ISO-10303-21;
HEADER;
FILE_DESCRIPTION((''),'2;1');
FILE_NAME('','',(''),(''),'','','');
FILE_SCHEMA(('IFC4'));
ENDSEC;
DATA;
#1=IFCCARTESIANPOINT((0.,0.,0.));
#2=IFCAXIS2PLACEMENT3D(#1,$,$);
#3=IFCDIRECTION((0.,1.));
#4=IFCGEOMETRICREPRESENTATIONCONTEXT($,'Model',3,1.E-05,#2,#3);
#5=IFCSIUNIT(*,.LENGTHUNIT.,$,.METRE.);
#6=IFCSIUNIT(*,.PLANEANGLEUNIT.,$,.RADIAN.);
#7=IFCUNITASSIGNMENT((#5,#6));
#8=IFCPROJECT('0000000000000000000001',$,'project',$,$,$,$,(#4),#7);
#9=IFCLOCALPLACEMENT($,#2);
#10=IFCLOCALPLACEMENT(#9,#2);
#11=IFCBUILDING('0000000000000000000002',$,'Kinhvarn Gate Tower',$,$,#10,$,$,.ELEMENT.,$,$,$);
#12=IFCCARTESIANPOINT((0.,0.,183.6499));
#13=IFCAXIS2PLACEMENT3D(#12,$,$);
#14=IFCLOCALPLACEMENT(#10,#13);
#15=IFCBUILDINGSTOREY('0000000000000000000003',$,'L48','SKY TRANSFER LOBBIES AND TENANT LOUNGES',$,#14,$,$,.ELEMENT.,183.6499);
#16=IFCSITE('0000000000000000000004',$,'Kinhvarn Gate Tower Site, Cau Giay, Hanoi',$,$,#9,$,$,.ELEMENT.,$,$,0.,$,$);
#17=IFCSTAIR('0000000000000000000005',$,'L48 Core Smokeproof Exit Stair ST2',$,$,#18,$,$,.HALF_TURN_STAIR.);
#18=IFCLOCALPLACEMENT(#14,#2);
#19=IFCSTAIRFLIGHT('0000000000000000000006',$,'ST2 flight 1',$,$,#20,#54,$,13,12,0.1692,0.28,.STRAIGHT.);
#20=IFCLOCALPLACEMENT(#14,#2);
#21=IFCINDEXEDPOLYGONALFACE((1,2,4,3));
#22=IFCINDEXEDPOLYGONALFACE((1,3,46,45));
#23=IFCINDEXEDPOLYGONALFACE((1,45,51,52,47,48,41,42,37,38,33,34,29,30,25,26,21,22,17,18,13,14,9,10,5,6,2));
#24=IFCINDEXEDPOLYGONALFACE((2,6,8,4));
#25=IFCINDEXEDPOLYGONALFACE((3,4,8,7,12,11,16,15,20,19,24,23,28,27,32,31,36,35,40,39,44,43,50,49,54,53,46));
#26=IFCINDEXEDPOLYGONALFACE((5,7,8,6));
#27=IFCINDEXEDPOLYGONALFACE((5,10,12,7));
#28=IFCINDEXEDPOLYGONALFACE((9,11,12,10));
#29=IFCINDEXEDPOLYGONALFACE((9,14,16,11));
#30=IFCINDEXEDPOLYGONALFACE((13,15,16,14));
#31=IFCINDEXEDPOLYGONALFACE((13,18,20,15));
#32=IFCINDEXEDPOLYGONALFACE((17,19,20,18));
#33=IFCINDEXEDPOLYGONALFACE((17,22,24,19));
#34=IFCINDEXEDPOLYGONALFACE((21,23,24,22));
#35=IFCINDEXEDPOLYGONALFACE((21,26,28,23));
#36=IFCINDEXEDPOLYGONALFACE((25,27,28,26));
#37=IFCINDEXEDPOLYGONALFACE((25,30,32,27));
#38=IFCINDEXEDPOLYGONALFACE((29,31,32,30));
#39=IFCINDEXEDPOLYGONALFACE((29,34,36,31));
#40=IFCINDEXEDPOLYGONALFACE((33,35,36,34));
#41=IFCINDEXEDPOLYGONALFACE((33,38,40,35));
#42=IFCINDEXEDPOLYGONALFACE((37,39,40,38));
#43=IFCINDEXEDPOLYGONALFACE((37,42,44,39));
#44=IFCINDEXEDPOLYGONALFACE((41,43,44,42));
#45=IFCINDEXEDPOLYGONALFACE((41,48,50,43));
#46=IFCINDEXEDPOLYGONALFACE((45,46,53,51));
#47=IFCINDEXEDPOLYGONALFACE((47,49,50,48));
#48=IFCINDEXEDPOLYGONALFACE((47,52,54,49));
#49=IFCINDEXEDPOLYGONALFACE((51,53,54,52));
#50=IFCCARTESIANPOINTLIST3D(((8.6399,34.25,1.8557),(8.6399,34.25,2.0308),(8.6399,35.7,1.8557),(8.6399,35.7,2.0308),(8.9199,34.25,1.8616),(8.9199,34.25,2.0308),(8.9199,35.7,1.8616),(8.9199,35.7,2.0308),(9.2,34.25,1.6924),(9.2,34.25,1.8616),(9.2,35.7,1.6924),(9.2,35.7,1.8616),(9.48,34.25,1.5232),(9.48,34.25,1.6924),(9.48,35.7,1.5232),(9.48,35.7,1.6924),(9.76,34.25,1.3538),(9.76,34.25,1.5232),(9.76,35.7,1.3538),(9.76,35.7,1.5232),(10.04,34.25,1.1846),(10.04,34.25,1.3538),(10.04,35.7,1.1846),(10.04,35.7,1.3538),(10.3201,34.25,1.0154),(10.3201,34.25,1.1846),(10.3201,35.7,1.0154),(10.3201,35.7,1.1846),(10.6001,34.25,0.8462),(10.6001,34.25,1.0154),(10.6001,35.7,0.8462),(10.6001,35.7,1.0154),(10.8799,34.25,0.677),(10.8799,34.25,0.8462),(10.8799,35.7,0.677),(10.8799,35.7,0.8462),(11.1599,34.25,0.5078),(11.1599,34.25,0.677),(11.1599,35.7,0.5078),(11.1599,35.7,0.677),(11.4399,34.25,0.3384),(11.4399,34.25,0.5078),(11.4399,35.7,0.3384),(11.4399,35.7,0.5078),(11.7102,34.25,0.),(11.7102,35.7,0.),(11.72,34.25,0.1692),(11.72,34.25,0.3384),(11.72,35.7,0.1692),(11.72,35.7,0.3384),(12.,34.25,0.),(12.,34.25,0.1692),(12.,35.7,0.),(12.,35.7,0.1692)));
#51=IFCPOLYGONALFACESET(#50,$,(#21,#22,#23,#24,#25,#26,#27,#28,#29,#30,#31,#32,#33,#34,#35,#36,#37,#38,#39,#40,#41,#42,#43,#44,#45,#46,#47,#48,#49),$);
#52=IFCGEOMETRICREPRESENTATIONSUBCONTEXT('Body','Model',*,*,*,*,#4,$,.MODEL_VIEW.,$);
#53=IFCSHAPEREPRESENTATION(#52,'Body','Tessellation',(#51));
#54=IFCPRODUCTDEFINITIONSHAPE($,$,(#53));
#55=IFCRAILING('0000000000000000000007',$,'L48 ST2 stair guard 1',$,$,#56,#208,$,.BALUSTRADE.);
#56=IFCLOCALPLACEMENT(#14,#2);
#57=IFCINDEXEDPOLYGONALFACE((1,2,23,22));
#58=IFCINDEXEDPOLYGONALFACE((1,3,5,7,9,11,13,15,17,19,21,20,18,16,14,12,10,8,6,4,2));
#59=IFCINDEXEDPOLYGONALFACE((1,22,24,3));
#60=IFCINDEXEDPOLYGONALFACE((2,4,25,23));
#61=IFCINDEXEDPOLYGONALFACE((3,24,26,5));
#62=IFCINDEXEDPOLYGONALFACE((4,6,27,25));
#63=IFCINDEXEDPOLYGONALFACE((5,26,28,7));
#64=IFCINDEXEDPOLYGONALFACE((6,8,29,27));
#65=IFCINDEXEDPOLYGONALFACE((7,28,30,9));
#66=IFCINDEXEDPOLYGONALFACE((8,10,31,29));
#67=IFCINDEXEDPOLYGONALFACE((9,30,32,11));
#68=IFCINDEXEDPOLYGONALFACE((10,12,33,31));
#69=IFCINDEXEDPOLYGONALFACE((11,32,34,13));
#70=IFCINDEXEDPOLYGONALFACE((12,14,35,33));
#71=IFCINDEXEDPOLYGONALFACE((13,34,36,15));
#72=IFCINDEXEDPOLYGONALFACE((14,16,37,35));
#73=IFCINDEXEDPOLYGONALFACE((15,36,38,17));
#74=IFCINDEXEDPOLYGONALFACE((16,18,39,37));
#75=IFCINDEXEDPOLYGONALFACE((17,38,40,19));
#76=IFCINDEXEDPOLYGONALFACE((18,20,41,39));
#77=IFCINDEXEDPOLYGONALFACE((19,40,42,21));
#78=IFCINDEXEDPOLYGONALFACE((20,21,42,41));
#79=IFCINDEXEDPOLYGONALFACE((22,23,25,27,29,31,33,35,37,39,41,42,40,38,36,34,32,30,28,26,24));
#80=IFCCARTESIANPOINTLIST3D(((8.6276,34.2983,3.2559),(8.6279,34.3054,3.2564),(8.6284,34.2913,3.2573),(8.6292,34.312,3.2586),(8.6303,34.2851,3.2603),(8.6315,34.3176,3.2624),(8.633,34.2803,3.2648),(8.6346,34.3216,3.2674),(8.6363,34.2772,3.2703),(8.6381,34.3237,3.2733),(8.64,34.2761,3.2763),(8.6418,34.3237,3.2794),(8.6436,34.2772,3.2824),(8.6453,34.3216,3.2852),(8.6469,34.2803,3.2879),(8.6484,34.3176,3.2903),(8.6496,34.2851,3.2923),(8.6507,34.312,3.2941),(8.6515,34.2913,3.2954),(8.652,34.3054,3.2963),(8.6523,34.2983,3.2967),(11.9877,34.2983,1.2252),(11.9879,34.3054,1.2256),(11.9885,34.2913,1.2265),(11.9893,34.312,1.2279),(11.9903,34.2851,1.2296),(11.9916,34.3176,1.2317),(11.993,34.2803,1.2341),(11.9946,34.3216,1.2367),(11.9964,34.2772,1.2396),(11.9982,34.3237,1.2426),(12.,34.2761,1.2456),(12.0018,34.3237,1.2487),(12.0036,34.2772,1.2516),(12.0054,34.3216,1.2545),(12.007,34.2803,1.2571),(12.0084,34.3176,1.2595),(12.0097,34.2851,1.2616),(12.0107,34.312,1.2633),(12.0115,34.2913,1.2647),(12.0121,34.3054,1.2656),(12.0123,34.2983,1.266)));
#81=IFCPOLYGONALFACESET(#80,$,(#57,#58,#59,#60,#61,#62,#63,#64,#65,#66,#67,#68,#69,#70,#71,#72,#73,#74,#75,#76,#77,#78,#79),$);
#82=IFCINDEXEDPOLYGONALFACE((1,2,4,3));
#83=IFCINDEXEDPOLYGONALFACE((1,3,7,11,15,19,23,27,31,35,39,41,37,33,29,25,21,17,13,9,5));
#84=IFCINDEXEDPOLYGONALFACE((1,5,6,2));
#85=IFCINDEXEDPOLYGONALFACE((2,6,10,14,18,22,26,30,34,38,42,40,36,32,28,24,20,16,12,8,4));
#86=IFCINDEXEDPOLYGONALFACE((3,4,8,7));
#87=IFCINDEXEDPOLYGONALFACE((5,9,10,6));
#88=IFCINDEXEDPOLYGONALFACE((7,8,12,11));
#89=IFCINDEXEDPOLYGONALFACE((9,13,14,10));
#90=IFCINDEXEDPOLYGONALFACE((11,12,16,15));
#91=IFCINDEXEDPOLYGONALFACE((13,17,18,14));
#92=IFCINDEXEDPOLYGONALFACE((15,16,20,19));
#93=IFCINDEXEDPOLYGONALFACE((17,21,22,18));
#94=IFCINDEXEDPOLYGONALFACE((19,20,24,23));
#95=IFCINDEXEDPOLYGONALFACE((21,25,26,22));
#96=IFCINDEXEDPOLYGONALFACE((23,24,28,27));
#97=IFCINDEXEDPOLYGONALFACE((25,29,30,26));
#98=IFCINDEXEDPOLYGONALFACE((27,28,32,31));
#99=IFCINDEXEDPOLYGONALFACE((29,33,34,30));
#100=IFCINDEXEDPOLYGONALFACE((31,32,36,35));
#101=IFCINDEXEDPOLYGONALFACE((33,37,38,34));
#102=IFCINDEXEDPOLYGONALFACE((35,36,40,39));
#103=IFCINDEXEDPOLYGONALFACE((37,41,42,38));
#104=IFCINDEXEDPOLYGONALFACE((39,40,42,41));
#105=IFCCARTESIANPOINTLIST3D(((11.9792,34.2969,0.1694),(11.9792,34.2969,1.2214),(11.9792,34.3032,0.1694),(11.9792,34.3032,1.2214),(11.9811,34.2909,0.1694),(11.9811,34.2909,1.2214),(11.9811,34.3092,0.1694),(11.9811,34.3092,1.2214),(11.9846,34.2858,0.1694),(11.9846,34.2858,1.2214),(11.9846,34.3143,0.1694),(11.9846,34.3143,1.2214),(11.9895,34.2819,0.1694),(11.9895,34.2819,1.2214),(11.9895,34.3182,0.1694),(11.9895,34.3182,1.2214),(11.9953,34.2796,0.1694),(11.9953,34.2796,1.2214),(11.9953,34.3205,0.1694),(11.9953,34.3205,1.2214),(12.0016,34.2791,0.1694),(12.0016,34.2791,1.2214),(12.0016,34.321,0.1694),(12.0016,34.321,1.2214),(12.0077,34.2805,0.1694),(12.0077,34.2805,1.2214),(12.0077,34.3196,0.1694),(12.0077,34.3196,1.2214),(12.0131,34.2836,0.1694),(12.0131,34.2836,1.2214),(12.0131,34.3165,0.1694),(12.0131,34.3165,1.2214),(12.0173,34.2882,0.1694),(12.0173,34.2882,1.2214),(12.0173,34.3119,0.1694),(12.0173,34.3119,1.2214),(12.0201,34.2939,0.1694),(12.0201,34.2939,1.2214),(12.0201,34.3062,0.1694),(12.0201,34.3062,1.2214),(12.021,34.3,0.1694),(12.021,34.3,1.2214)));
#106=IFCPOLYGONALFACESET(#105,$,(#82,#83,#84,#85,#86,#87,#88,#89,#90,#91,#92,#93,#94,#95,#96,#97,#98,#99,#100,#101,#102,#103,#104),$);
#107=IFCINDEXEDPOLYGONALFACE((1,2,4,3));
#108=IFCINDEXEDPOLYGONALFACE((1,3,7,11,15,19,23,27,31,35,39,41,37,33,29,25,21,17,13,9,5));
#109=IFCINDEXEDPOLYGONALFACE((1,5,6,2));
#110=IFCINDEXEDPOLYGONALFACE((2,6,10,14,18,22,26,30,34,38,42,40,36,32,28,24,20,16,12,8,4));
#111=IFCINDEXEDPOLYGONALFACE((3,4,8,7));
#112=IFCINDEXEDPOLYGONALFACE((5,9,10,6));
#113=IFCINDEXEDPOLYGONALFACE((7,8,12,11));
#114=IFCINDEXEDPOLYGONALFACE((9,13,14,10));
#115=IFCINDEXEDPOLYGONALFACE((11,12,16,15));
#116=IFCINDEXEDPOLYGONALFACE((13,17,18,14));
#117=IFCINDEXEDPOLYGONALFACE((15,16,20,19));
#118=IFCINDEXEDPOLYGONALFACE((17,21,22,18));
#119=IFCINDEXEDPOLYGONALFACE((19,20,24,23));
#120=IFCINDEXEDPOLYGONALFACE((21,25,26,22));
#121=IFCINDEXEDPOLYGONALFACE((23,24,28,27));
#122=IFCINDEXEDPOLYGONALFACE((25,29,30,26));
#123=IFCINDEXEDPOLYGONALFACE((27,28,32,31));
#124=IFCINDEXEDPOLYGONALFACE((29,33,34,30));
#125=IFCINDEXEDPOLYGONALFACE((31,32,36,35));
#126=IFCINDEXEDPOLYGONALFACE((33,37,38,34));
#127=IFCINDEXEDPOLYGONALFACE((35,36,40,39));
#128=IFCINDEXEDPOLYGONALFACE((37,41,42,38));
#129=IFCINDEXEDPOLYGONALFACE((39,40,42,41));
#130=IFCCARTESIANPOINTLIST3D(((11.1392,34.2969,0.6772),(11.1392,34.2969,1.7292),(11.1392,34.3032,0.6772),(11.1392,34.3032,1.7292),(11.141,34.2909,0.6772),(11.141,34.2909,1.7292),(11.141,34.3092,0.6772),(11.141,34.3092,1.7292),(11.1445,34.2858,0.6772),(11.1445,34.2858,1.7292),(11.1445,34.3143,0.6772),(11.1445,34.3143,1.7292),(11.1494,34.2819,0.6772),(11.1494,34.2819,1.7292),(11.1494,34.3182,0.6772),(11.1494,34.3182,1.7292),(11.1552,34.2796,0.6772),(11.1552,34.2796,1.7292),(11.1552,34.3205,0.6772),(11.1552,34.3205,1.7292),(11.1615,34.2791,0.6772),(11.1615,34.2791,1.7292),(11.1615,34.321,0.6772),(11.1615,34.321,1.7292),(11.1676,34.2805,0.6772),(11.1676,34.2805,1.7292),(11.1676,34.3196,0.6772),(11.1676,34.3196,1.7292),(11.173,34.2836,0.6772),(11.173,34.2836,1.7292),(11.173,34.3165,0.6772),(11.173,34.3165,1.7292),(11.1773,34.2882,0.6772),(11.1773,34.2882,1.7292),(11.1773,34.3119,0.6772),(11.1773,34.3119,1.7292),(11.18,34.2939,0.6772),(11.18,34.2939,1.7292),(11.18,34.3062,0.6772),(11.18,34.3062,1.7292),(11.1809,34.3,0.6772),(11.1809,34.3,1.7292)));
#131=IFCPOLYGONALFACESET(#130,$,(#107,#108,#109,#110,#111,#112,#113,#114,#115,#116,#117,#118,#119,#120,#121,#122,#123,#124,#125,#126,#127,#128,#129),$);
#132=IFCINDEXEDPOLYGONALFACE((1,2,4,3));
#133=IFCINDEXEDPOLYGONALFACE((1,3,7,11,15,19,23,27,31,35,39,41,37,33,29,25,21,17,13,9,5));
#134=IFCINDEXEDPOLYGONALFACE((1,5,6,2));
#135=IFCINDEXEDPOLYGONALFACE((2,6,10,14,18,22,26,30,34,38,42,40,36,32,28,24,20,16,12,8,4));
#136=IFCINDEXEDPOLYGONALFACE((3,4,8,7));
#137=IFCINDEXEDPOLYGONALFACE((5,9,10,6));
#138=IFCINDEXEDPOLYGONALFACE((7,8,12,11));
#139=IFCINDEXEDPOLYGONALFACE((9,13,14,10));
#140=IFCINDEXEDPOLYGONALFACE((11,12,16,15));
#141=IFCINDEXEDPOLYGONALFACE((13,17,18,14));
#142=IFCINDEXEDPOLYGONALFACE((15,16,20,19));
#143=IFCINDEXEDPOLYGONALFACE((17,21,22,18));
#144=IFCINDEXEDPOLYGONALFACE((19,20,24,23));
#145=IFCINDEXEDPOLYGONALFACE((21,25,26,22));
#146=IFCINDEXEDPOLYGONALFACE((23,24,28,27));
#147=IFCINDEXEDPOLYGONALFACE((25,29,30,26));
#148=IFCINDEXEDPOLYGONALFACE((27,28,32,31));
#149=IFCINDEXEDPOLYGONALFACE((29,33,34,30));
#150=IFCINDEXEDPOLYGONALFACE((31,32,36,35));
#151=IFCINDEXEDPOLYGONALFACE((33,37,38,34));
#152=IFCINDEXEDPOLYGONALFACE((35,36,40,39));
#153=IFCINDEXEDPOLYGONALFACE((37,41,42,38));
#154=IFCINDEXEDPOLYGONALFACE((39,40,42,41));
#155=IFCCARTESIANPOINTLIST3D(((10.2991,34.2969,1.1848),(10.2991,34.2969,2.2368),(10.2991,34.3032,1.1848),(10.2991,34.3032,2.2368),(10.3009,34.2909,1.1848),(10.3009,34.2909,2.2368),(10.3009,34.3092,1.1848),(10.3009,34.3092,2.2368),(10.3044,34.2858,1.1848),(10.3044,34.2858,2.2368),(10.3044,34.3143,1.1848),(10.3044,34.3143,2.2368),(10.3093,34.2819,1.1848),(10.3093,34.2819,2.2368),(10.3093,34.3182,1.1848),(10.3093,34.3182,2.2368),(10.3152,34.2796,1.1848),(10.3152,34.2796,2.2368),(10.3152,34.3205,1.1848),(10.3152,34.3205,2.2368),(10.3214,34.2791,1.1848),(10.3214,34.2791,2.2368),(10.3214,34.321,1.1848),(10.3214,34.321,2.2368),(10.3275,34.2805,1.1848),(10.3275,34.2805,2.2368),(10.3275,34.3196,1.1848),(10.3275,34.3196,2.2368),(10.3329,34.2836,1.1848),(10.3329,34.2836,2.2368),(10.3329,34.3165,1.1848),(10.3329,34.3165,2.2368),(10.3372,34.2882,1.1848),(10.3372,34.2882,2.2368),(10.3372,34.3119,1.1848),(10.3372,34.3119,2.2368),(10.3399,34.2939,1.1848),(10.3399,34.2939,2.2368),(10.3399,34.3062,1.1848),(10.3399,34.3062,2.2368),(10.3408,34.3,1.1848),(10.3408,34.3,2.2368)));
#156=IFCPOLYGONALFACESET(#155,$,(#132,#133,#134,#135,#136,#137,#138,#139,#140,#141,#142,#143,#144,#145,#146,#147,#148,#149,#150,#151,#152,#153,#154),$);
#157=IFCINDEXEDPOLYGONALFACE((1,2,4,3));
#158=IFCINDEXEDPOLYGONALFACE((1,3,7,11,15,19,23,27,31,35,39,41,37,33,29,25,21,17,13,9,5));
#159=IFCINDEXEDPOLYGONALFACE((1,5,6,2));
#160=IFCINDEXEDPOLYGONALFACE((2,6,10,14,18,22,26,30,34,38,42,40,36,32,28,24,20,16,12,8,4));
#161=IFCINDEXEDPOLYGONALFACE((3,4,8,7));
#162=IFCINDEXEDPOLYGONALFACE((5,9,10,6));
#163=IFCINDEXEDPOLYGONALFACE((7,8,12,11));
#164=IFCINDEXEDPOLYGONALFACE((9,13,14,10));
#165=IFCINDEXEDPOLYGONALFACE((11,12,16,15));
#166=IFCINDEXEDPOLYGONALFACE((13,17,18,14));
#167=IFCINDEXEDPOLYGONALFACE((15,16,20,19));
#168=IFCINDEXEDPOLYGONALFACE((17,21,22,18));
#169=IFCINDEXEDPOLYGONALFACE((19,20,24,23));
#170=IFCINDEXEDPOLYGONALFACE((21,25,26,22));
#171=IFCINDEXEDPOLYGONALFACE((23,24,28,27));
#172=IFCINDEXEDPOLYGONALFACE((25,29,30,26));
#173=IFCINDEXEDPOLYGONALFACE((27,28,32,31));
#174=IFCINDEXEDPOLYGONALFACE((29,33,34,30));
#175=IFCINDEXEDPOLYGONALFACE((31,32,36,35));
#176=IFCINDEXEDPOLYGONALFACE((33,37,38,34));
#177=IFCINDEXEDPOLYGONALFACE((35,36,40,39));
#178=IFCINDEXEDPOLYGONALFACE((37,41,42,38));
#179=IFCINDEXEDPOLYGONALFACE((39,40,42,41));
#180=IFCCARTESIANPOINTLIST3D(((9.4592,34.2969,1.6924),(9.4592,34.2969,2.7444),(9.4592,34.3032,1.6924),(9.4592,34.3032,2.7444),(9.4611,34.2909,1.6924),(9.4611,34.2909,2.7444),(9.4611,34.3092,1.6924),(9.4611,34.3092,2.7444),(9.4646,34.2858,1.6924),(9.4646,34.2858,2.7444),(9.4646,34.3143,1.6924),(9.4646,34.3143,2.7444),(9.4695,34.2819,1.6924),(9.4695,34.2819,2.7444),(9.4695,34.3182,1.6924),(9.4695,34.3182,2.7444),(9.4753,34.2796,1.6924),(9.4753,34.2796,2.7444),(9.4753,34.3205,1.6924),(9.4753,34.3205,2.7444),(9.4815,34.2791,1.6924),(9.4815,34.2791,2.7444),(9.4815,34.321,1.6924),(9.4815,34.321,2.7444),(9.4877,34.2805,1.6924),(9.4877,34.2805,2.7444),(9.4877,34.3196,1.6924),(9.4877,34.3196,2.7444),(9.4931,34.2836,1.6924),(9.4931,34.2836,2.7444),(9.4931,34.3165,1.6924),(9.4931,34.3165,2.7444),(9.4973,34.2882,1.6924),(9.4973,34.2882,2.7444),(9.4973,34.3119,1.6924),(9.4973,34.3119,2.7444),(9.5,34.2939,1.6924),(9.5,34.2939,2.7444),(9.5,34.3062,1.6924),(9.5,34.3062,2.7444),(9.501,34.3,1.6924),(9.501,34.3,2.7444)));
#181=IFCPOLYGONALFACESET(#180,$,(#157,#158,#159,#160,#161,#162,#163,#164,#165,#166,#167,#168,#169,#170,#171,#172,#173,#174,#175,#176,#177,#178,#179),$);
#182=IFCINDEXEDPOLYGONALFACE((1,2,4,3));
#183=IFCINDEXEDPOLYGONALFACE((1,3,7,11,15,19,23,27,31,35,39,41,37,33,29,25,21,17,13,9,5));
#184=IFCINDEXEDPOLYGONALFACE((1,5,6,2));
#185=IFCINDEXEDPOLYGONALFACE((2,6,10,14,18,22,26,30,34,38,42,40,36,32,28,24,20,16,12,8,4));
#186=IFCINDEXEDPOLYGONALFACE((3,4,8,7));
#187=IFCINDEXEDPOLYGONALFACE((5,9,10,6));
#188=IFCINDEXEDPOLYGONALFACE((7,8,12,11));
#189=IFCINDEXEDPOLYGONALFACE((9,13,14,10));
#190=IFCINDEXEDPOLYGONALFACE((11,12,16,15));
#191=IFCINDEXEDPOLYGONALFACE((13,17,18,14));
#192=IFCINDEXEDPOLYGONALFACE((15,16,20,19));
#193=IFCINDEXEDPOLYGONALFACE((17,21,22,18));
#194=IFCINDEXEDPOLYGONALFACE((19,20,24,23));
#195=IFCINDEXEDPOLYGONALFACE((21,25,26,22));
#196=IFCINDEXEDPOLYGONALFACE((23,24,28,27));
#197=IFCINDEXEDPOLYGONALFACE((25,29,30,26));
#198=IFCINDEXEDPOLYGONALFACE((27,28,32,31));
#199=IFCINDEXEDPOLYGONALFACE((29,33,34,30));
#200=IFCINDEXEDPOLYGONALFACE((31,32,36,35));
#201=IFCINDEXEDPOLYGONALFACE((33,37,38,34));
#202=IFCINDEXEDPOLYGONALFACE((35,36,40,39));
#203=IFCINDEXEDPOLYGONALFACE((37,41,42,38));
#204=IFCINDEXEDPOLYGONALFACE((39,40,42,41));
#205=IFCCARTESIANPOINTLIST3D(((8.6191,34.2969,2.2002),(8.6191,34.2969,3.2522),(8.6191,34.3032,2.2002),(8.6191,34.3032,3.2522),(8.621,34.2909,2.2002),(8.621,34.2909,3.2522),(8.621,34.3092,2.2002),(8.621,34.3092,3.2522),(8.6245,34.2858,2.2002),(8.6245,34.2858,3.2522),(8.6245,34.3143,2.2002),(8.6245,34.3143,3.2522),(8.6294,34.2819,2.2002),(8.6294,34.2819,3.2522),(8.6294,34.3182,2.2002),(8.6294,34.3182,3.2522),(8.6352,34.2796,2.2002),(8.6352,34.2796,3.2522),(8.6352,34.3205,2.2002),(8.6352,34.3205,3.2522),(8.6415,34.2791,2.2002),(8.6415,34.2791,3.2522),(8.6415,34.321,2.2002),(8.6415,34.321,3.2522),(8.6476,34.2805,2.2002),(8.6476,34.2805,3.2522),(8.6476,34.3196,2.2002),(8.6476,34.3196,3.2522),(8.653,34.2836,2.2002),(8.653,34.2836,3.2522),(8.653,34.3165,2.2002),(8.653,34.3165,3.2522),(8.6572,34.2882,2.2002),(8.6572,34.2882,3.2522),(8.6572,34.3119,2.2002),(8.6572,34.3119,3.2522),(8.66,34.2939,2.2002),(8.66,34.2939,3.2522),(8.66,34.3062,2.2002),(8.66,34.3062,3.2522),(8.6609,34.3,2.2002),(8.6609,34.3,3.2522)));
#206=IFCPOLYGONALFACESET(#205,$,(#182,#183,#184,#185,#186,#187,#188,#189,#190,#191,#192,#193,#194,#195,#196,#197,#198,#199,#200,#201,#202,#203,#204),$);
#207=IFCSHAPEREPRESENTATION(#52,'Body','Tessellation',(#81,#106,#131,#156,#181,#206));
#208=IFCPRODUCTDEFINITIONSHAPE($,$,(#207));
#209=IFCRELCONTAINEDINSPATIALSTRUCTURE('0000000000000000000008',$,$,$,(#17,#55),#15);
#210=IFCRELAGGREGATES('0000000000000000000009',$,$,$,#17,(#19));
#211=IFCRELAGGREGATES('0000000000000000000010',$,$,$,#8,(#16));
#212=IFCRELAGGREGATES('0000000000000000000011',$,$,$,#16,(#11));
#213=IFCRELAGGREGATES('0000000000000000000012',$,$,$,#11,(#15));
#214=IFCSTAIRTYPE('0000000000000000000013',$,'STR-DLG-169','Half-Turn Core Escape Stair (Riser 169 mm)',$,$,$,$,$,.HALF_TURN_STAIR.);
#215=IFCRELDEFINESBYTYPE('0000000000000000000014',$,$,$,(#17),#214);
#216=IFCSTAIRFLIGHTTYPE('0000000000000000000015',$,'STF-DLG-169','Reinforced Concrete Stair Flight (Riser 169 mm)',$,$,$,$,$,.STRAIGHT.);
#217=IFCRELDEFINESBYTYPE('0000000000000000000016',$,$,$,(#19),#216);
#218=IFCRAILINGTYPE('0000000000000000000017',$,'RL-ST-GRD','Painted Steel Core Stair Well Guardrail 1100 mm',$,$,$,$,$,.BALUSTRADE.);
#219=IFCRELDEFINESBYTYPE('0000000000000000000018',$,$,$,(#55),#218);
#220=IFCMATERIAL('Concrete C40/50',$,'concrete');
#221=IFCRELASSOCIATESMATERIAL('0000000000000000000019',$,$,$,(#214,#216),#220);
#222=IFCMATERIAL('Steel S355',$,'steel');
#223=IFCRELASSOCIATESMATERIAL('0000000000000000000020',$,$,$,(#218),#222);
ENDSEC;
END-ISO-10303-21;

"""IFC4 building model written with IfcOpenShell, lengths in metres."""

from ifc_helpers import new_model, si_unit, direction, frame, origin, origin_2d, place, context, subcontext, project, spatial, polyline, circle, outline, extrude, material, type_object, element, aggregate, save


model = new_model("IFC4")

# Units and contexts
model_context = context("Model", 3, precision=1e-05, world=origin(), true_north=direction((0.0, 1.0)))
body_context = subcontext(model_context, "Body", "Model", "MODEL_VIEW")
ifc_project = project(units=[si_unit("LENGTHUNIT", "METRE"), si_unit("PLANEANGLEUNIT", "RADIAN")], contexts=[model_context])

# Site, building, storey
site_placement = place(None, origin())
site = spatial("IfcSite", under=ifc_project, at=site_placement, Name="Kinhvarn Gate Tower Site, Cau Giay, Hanoi", CompositionType="ELEMENT", RefElevation=0.0)
building_placement = place(site_placement, origin())
building = spatial("IfcBuilding", under=site, at=building_placement, Name="Kinhvarn Gate Tower", CompositionType="ELEMENT")
storey_placement = place(building_placement, frame((0.0, 0.0, 183.6499)))
storey = spatial("IfcBuildingStorey", under=building, at=storey_placement, Name="L48", Description="SKY TRANSFER LOBBIES AND TENANT LOUNGES", CompositionType="ELEMENT", Elevation=183.6499)

# Shared definitions
ifc_material_1 = material(Name="Steel S355", Category="steel")

# Stair, stair flight
ifc_material_2 = material(Name="Concrete C40/50", Category="concrete")
stair_type = type_object("IfcStairType", Name="STR-DLG-169", Description="Half-Turn Core Escape Stair (Riser 169 mm)", PredefinedType="HALF_TURN_STAIR", material=ifc_material_2)
stair_placement = place(storey_placement, origin())
stair = element("IfcStair", 1, at=stair_placement, inside=storey, type_object=stair_type, Name="L48 Core Smokeproof Exit Stair ST2", PredefinedType="HALF_TURN_STAIR")
stair_flight_type = type_object("IfcStairFlightType", Name="STF-DLG-169", Description="Reinforced Concrete Stair Flight (Riser 169 mm)", PredefinedType="STRAIGHT", material=ifc_material_2)
stair_flight_placement = place(storey_placement, frame((12.0, 34.9751, 0.0), z_axis=(0.0, 0.0, 1.0), x_axis=(-1.0, 0.0, 0.0)))
stair_flight = element("IfcStairFlight", 2, at=stair_flight_placement, type_object=stair_flight_type, Name="ST2 flight 1", NumberOfRisers=13, NumberOfTreads=12, PredefinedType="STRAIGHT", RiserHeight=0.1692, TreadLength=0.28, context=body_context, shape_type="SweptSolid", body=[
    extrude(outline(polyline([(0.0, 0.0), (0.0, 0.1692), (0.28, 0.1692), (0.28, 0.3384), (0.5601, 0.3384), (0.5601, 0.5078), (0.8401, 0.5078), (0.8401, 0.677), (1.1201, 0.677), (1.1201, 0.8462), (1.3999, 0.8462), (1.3999, 1.0154), (1.6799, 1.0154), (1.6799, 1.1846), (1.96, 1.1846), (1.96, 1.3538), (2.24, 1.3538), (2.24, 1.5232), (2.52, 1.5232), (2.52, 1.6924), (2.8, 1.6924), (2.8, 1.8616), (3.0801, 1.8616), (3.0801, 2.0308), (3.3601, 2.0308), (3.3601, 2.2), (3.3601, 1.8557), (0.2898, 0.0), (0.0, 0.0)])), frame((0.0, 0.7251, 0.0), z_axis=(0.0, -1.0, 0.0), x_axis=(1.0, 0.0, 0.0)), (0.0, 0.0, 1.0), 1.45),
])
aggregate(stair, [stair_flight])

# Railing
railing_type_1 = type_object("IfcRailingType", Name="RL-ST-GRD", Description="Painted Steel Core Stair Well Guardrail 1100 mm", PredefinedType="BALUSTRADE", material=ifc_material_1)
railing_1_placement = place(storey_placement, frame((12.0, 34.3, 0.1694)))
element("IfcRailing", 3, at=railing_1_placement, inside=storey, type_object=railing_type_1, Name="L48 ST2 stair guard 1", PredefinedType="BALUSTRADE", context=body_context, shape_type="SweptSolid", body=[
    extrude(circle(Radius=0.0239, at=origin_2d()), frame((0.0, 0.0, 1.0762), z_axis=(-0.855837, 0.0, 0.517246), x_axis=(0.0, -1.0, 0.0)), (0.0, 0.0, 1.0), 3.926),
    extrude(circle(Radius=0.021, at=origin_2d()), origin(), (0.0, 0.0, 1.0), 1.052),
    extrude(circle(Radius=0.021, at=origin_2d()), frame((-0.8401, 0.0, 0.5078)), (0.0, 0.0, 1.0), 1.052),
    extrude(circle(Radius=0.021, at=origin_2d()), frame((-1.6802, 0.0, 1.0154)), (0.0, 0.0, 1.0), 1.052),
    extrude(circle(Radius=0.021, at=origin_2d()), frame((-2.52, 0.0, 1.5229)), (0.0, 0.0, 1.0), 1.052),
    extrude(circle(Radius=0.021, at=origin_2d()), frame((-3.3601, 0.0, 2.0308)), (0.0, 0.0, 1.0), 1.052),
])

save(model, "model.ifc")
